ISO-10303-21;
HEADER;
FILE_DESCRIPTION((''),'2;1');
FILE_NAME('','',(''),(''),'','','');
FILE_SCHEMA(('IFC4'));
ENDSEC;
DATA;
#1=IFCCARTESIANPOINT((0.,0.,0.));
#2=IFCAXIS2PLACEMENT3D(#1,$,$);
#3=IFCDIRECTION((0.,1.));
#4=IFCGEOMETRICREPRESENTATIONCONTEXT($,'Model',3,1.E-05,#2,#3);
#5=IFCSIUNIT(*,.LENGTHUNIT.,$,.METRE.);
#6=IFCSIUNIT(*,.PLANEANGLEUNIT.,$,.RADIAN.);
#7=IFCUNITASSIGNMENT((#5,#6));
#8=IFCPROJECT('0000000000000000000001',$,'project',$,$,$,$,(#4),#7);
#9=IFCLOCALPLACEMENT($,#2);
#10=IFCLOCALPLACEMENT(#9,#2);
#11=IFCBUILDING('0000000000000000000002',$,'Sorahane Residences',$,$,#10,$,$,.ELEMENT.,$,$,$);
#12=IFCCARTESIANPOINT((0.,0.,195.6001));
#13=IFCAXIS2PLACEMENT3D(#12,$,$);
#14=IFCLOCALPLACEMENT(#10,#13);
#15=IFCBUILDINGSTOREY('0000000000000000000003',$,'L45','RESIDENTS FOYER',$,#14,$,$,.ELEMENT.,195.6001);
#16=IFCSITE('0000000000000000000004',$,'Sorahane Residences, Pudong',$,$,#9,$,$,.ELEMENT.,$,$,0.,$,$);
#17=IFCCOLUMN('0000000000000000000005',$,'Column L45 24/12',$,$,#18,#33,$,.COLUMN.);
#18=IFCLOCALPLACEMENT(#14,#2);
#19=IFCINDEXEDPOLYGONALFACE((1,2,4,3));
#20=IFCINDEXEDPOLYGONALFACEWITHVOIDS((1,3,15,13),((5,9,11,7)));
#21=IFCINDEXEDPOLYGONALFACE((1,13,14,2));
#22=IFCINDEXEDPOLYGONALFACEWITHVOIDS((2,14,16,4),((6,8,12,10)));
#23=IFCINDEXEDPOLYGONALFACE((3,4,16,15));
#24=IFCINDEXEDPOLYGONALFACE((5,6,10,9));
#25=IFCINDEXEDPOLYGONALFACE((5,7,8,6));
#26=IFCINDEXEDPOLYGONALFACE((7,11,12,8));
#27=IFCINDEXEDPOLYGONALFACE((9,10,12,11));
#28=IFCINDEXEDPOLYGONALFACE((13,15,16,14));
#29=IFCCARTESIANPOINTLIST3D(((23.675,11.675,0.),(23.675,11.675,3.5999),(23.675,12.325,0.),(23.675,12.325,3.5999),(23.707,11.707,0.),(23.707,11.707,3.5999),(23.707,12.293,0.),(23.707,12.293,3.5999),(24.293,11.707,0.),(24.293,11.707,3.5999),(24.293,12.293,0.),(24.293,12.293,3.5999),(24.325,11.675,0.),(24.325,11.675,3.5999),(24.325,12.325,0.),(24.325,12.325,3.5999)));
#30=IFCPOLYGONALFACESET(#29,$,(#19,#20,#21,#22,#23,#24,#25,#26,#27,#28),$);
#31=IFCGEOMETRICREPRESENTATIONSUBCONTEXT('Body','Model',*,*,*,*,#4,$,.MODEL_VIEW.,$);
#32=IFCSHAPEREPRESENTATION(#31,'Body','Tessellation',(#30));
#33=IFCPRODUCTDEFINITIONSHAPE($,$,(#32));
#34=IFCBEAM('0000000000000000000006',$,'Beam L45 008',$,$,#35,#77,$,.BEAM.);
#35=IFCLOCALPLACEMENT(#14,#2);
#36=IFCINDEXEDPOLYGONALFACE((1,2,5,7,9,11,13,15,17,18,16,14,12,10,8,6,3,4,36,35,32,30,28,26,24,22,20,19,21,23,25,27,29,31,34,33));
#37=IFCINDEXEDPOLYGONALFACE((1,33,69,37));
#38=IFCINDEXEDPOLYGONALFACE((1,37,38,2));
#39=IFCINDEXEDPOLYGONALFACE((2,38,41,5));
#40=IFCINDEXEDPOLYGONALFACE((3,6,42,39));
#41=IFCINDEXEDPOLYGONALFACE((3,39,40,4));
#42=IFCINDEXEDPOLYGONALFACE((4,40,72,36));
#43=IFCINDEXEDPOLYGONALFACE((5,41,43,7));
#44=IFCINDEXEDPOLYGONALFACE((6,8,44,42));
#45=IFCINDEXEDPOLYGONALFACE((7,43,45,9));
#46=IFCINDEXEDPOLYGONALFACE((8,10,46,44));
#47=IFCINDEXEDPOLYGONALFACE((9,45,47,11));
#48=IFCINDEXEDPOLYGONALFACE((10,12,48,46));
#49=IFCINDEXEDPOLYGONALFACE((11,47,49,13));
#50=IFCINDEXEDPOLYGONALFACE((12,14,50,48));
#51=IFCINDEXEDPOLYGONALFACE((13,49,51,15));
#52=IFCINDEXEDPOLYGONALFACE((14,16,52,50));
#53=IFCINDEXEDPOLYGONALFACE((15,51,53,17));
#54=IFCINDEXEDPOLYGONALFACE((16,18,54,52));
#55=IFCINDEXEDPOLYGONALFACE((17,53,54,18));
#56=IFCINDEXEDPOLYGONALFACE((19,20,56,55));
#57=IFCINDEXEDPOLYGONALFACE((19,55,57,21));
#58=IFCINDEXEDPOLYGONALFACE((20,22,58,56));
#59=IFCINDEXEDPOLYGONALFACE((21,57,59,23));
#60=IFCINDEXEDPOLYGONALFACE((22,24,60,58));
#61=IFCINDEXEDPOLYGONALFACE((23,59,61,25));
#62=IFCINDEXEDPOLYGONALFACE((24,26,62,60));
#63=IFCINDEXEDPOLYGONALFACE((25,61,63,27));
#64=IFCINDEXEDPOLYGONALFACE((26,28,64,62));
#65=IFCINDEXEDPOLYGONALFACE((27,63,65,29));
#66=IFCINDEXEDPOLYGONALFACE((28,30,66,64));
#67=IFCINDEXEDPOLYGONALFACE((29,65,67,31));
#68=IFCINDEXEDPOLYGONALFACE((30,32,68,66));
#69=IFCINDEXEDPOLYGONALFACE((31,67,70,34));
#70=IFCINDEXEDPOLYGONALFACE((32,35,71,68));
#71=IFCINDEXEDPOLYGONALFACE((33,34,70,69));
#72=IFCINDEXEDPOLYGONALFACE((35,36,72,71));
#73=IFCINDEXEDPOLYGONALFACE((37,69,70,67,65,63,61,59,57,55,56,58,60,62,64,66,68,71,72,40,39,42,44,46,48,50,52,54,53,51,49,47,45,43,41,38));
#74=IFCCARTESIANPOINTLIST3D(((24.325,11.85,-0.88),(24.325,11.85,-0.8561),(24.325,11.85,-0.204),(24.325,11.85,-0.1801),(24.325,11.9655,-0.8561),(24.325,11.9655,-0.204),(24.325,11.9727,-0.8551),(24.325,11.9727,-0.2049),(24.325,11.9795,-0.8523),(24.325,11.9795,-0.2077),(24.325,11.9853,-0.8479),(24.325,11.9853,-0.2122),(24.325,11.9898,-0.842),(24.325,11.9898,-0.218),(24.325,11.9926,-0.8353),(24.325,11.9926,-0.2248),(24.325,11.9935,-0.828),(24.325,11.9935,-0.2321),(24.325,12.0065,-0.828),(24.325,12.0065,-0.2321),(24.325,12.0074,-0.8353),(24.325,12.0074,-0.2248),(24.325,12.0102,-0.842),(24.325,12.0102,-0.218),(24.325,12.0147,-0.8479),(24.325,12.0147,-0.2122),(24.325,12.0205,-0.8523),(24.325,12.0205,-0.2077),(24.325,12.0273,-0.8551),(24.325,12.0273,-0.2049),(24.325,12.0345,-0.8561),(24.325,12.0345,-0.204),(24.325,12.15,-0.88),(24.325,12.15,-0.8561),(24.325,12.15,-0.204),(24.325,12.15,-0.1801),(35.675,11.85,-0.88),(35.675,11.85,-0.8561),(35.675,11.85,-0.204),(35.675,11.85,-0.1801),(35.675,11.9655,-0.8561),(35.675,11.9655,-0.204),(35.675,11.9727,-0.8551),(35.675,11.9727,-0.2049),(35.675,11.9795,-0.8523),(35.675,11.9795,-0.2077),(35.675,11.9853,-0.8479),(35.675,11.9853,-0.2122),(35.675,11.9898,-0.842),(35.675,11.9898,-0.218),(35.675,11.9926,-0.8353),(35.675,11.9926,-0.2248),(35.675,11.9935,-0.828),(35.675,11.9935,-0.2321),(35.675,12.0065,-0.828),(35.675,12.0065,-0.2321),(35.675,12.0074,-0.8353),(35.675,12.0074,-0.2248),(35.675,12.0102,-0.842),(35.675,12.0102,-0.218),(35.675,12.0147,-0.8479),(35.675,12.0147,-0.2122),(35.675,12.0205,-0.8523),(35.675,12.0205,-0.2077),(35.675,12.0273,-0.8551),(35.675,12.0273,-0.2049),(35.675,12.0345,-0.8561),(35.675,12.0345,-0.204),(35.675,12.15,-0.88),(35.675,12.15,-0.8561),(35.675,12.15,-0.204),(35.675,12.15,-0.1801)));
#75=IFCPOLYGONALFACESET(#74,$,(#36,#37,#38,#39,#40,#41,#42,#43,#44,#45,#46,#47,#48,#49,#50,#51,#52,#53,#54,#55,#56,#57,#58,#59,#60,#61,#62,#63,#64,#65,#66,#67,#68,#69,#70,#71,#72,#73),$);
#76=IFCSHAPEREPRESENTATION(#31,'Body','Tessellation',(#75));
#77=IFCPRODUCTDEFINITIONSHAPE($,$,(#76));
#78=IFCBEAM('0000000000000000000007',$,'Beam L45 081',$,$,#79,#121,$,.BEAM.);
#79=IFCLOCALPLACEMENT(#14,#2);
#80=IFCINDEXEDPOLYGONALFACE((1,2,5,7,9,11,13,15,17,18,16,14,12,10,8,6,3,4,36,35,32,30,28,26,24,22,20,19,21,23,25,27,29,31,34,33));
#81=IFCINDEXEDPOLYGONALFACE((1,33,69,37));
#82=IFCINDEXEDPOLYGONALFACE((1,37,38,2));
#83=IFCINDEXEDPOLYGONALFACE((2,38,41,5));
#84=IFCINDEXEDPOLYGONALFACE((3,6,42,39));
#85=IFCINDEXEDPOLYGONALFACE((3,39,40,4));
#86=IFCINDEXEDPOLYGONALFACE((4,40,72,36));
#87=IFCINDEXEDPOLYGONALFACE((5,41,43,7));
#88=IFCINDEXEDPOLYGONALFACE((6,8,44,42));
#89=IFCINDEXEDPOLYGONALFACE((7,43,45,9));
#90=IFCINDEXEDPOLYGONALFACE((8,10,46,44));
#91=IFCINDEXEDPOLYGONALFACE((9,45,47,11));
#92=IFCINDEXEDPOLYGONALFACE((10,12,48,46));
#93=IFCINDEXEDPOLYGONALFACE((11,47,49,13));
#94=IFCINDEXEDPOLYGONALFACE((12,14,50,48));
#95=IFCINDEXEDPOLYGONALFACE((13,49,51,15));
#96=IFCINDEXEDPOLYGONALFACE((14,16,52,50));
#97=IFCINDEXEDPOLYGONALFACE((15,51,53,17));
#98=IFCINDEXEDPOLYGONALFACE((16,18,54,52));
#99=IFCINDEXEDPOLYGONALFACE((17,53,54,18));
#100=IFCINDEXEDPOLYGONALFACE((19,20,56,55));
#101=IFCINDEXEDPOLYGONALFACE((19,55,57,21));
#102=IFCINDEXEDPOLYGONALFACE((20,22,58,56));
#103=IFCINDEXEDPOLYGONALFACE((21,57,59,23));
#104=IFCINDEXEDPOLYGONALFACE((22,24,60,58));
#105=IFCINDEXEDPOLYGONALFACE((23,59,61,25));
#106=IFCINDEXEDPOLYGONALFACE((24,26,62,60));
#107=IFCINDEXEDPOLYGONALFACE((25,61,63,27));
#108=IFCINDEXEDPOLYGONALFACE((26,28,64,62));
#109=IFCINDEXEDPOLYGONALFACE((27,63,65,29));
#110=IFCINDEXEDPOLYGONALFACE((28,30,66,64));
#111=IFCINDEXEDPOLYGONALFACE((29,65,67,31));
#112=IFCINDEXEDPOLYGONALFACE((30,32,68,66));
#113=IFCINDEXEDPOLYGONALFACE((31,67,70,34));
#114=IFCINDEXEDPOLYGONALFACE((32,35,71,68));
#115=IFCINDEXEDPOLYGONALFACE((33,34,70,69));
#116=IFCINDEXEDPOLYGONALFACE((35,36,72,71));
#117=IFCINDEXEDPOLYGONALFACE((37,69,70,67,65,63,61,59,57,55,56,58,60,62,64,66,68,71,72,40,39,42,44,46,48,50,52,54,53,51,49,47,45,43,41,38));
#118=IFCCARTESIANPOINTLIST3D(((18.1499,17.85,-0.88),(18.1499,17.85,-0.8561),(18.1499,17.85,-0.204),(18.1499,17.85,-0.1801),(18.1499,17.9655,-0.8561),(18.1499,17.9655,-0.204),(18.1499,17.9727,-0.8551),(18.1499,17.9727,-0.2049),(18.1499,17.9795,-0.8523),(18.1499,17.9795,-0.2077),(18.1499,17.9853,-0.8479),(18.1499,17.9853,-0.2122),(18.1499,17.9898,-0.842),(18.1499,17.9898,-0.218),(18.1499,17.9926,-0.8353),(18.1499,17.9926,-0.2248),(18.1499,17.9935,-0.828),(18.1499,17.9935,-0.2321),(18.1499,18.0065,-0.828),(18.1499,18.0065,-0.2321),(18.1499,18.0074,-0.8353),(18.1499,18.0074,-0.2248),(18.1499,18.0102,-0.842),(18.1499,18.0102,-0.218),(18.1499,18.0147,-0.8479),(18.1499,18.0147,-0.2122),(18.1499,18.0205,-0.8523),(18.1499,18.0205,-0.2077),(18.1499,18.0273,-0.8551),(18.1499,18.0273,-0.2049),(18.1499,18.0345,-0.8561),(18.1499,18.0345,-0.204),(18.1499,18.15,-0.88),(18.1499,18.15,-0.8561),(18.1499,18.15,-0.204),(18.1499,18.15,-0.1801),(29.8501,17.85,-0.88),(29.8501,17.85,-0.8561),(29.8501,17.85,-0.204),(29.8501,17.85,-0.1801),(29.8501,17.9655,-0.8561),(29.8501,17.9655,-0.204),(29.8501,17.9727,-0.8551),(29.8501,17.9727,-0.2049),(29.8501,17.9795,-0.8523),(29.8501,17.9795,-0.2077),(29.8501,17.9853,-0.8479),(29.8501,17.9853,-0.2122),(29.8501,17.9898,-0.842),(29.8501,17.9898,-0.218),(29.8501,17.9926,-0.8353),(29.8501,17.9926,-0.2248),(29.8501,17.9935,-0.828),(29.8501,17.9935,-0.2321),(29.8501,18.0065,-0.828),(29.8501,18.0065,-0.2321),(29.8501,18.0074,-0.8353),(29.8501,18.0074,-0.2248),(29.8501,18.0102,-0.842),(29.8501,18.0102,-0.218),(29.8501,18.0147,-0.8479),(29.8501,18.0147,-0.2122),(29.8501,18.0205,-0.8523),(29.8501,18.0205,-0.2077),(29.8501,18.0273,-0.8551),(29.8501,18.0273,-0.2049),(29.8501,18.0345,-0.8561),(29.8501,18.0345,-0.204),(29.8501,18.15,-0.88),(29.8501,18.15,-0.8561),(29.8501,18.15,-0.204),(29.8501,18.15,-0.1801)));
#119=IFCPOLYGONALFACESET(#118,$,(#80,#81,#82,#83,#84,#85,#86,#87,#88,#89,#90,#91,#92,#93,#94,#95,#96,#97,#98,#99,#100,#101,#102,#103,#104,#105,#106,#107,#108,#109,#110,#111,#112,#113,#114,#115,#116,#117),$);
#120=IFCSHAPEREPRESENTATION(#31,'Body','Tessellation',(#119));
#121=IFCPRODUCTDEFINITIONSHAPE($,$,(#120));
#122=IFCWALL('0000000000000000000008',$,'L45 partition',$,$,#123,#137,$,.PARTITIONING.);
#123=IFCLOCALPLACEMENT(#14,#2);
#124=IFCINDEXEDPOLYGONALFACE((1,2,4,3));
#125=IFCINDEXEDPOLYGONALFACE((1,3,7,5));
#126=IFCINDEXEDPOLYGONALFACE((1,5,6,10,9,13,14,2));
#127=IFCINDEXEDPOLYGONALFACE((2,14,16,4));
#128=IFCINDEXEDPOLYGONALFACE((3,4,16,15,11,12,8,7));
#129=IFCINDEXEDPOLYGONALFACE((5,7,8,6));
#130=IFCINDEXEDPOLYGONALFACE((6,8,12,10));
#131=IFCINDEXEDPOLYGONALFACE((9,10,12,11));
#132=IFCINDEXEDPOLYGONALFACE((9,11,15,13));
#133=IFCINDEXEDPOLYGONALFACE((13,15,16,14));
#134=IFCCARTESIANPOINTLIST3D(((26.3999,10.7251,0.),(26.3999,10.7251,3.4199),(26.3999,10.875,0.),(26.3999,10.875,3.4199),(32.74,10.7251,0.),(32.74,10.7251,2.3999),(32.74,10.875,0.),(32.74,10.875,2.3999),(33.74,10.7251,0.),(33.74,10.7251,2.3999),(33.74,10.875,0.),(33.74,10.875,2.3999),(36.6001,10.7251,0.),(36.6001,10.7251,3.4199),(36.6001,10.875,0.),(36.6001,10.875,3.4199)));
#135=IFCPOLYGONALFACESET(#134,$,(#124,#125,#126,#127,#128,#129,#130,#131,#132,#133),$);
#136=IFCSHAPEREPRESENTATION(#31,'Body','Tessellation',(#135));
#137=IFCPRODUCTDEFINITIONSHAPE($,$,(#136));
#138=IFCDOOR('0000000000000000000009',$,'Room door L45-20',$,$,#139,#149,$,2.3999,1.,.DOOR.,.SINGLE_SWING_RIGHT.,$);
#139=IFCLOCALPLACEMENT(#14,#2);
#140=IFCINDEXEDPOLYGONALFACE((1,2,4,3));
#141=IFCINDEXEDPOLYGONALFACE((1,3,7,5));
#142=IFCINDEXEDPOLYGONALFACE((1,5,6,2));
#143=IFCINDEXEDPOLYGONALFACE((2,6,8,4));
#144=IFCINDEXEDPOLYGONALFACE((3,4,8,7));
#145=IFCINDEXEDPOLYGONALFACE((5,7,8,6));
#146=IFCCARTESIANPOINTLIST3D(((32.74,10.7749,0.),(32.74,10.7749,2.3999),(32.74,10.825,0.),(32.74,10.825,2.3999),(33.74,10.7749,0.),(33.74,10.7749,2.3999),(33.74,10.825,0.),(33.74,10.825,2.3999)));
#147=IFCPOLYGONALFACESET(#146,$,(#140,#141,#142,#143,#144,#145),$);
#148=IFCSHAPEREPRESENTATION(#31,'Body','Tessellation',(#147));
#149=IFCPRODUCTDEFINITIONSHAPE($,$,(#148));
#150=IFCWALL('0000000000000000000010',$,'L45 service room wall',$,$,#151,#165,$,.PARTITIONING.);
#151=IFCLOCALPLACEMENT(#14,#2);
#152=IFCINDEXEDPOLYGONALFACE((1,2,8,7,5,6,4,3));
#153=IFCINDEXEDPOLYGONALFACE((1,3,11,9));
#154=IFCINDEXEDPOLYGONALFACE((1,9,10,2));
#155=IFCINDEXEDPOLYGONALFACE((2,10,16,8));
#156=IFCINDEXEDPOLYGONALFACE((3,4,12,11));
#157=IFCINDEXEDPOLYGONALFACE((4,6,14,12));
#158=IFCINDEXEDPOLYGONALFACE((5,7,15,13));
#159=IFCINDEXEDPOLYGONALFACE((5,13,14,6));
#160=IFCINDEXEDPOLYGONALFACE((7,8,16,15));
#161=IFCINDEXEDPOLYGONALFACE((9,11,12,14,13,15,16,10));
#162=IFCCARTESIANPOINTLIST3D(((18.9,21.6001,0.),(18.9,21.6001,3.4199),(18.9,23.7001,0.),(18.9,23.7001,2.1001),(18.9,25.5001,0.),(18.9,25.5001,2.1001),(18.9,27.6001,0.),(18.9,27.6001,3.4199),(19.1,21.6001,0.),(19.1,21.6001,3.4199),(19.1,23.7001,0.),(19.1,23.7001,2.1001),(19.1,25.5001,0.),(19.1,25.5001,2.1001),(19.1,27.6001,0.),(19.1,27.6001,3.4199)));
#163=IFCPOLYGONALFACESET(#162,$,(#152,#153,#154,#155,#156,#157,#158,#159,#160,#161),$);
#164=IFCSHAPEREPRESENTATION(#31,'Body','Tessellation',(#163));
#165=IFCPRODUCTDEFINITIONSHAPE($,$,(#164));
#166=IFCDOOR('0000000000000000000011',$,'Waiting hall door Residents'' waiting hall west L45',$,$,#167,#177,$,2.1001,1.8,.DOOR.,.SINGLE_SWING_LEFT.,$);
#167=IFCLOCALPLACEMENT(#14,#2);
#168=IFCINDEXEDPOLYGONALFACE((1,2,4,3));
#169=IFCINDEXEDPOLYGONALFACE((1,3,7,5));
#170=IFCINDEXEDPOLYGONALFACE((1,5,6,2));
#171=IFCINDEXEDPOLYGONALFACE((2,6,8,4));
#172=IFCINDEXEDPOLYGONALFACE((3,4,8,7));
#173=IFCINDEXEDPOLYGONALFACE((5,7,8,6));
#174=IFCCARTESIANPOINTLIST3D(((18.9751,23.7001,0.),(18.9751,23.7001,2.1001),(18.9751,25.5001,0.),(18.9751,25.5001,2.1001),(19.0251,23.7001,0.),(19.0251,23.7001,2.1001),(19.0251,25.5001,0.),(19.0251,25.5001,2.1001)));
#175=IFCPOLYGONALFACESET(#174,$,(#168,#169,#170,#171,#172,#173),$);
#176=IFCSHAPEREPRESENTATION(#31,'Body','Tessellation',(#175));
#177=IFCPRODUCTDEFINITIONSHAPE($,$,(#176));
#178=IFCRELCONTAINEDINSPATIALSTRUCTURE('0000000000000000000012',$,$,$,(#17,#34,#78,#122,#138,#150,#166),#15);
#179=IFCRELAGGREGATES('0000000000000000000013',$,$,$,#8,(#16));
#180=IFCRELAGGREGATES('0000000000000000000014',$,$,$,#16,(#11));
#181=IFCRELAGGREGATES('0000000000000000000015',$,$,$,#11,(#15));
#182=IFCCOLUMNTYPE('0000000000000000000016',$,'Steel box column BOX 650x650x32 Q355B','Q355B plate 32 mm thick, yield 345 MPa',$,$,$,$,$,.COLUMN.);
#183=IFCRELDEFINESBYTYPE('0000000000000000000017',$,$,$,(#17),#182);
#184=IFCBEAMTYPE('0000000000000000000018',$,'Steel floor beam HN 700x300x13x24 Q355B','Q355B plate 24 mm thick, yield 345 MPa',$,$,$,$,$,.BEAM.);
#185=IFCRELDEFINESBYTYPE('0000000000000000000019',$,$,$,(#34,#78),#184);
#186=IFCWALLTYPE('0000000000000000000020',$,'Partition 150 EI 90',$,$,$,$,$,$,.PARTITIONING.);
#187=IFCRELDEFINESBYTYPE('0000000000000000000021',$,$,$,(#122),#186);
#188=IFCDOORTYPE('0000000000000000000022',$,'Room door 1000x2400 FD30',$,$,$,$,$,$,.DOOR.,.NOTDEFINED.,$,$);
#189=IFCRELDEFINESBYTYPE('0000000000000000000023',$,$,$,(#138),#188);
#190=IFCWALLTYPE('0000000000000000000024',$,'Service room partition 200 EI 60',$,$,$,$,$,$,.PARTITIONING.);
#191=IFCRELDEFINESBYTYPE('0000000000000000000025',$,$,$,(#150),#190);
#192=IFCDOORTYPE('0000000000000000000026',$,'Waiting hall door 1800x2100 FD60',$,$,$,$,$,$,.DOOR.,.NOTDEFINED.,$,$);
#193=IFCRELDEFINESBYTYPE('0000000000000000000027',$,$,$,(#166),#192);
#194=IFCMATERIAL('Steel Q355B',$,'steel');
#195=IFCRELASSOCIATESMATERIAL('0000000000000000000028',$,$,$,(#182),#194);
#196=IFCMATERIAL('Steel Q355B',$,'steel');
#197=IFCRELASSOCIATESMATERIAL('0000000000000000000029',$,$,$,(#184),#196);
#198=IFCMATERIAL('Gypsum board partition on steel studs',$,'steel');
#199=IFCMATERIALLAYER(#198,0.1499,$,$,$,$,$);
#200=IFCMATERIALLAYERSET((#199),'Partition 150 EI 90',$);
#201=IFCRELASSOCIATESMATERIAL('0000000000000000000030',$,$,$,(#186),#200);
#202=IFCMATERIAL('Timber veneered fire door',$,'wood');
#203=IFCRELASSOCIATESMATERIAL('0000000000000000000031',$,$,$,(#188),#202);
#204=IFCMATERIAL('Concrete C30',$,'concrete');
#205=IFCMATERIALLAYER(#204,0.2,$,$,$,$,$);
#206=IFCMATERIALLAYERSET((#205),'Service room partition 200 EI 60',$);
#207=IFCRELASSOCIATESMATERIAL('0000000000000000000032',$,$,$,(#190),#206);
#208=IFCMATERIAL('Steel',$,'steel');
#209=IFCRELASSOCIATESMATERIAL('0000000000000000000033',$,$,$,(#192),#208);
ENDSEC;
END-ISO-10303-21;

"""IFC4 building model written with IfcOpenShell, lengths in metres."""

from ifc_helpers import new_model, si_unit, direction, frame, frame_2d, origin, origin_2d, place, context, subcontext, project, spatial, rectangle, hollow_rectangle, i_section, extrude, material, layer, layer_set, material_profile, profile_set, type_object, element, fill, save


model = new_model("IFC4")

# Units and contexts
model_context = context("Model", 3, precision=1e-05, world=origin(), true_north=direction((0.0, 1.0)))
body_context = subcontext(model_context, "Body", "Model", "MODEL_VIEW")
ifc_project = project(units=[si_unit("LENGTHUNIT", "METRE"), si_unit("PLANEANGLEUNIT", "RADIAN")], contexts=[model_context])

# Site, building, storey
site_placement = place(None, origin())
site = spatial("IfcSite", under=ifc_project, at=site_placement, Name="Sorahane Residences, Pudong", CompositionType="ELEMENT", RefElevation=0.0)
building_placement = place(site_placement, origin())
building = spatial("IfcBuilding", under=site, at=building_placement, Name="Sorahane Residences", CompositionType="ELEMENT")
storey_placement = place(building_placement, frame((0.0, 0.0, 195.6001)))
storey = spatial("IfcBuildingStorey", under=building, at=storey_placement, Name="L45", Description="RESIDENTS FOYER", CompositionType="ELEMENT", Elevation=195.6001)

# Column
ifc_material_1 = material(Name="Steel Q355B", Category="steel")
ifc_material_profile_1 = material_profile(ifc_material_1, hollow_rectangle(XDim=0.6499, YDim=0.6499, WallThickness=0.032, at=origin_2d()), Name="BOX 650x650x32")
ifc_profile_set_1 = profile_set([ifc_material_profile_1], Name="Steel Q355B")
column_type = type_object("IfcColumnType", Name="Steel box column BOX 650x650x32 Q355B", Description="Q355B plate 32 mm thick, yield 345 MPa", PredefinedType="COLUMN", material=ifc_profile_set_1)
column_placement = place(storey_placement, frame((24.0, 12.0, 0.0), z_axis=(0.0, 0.0, 1.0), x_axis=(1.0, 0.0, 0.0)))
element("IfcColumn", 1, at=column_placement, inside=storey, type_object=column_type, Name="Column L45 24/12", PredefinedType="COLUMN", context=body_context, shape_type="SweptSolid", body=[
    extrude(hollow_rectangle(XDim=0.6499, YDim=0.6499, WallThickness=0.032, at=origin_2d()), origin(), (0.0, 0.0, 1.0), 3.5999),
])

# Beams
ifc_material_2 = material(Name="Steel Q355B", Category="steel")
ifc_material_profile_2 = material_profile(ifc_material_2, i_section(OverallWidth=0.3, OverallDepth=0.7, WebThickness=0.0129, FlangeThickness=0.0239, FilletRadius=0.0281, at=origin_2d()), Name="HN 700x300x13x24")
ifc_profile_set_2 = profile_set([ifc_material_profile_2], Name="Steel Q355B")
beam_type = type_object("IfcBeamType", Name="Steel floor beam HN 700x300x13x24 Q355B", Description="Q355B plate 24 mm thick, yield 345 MPa", PredefinedType="BEAM", material=ifc_profile_set_2)
beam_1_placement = place(storey_placement, frame((24.325, 12.0, -0.53), z_axis=(1.0, 0.0, 0.0), x_axis=(0.0, 1.0, 0.0)))
element("IfcBeam", 2, at=beam_1_placement, inside=storey, type_object=beam_type, Name="Beam L45 008", PredefinedType="BEAM", context=body_context, shape_type="SweptSolid", body=[
    extrude(i_section(OverallWidth=0.3, OverallDepth=0.7, WebThickness=0.0129, FlangeThickness=0.0239, FilletRadius=0.0281, at=origin_2d()), origin(), (0.0, 0.0, 1.0), 11.3501),
])
beam_2_placement = place(storey_placement, frame((18.1499, 18.0, -0.53), z_axis=(1.0, 0.0, 0.0), x_axis=(0.0, 1.0, 0.0)))
element("IfcBeam", 3, at=beam_2_placement, inside=storey, type_object=beam_type, Name="Beam L45 081", PredefinedType="BEAM", context=body_context, shape_type="SweptSolid", body=[
    extrude(i_section(OverallWidth=0.3, OverallDepth=0.7, WebThickness=0.0129, FlangeThickness=0.0239, FilletRadius=0.0281, at=origin_2d()), origin(), (0.0, 0.0, 1.0), 11.7002),
])

# Wall, opening, door
ifc_material_3 = material(Name="Gypsum board partition on steel studs", Category="steel")
ifc_layer_1 = layer(ifc_material_3, 0.1499)
ifc_layer_set_1 = layer_set([ifc_layer_1], Name="Partition 150 EI 90")
wall_type_1 = type_object("IfcWallType", Name="Partition 150 EI 90", PredefinedType="PARTITIONING", material=ifc_layer_set_1)
wall_1_placement = place(storey_placement, frame((26.3999, 10.8, 0.0), z_axis=(0.0, 0.0, 1.0), x_axis=(1.0, 0.0, 0.0)))
wall_1 = element("IfcWall", 4, at=wall_1_placement, inside=storey, type_object=wall_type_1, Name="L45 partition", PredefinedType="PARTITIONING", context=body_context, shape_type="SweptSolid", body=[
    extrude(rectangle(XDim=10.2002, YDim=0.1499, at=frame_2d((5.1001, 0.0))), origin(), (0.0, 0.0, 1.0), 3.4199),
])
opening_1_placement = place(wall_1_placement, frame((6.3401, 0.0, 0.0)))
opening_1 = element("IfcOpeningElement", 5, at=opening_1_placement, cuts=wall_1, PredefinedType="OPENING", context=body_context, shape_type="SweptSolid", body=[
    extrude(rectangle(XDim=1.0, YDim=2.3999, at=frame_2d((0.5, 1.2))), frame((0.0, 0.085, 0.0), z_axis=(0.0, -1.0, 0.0), x_axis=(1.0, 0.0, 0.0)), (0.0, 0.0, 1.0), 0.1699),
])
ifc_material_4 = material(Name="Timber veneered fire door", Category="wood")
door_type_1 = type_object("IfcDoorType", Name="Room door 1000x2400 FD30", OperationType="NOTDEFINED", PredefinedType="DOOR", material=ifc_material_4)
door_1_placement = place(opening_1_placement, origin())
door_1 = element("IfcDoor", 6, at=door_1_placement, inside=storey, type_object=door_type_1, Name="Room door L45-20", OperationType="SINGLE_SWING_RIGHT", OverallHeight=2.3999, OverallWidth=1.0, PredefinedType="DOOR", context=body_context, shape_type="SweptSolid", body=[
    extrude(rectangle(XDim=1.0, YDim=2.3999, at=frame_2d((0.5, 1.2))), frame((0.0, 0.0249, 0.0), z_axis=(0.0, -1.0, 0.0), x_axis=(1.0, 0.0, 0.0)), (0.0, 0.0, 1.0), 0.05),
])
fill(opening_1, door_1)

# Wall, opening, door
ifc_material_5 = material(Name="Concrete C30", Category="concrete")
ifc_layer_2 = layer(ifc_material_5, 0.2)
ifc_layer_set_2 = layer_set([ifc_layer_2], Name="Service room partition 200 EI 60")
wall_type_2 = type_object("IfcWallType", Name="Service room partition 200 EI 60", PredefinedType="PARTITIONING", material=ifc_layer_set_2)
wall_2_placement = place(storey_placement, frame((19.0, 21.6001, 0.0), z_axis=(0.0, 0.0, 1.0), x_axis=(0.0, 1.0, 0.0)))
wall_2 = element("IfcWall", 7, at=wall_2_placement, inside=storey, type_object=wall_type_2, Name="L45 service room wall", PredefinedType="PARTITIONING", context=body_context, shape_type="SweptSolid", body=[
    extrude(rectangle(XDim=6.0, YDim=0.2, at=frame_2d((3.0, 0.0))), origin(), (0.0, 0.0, 1.0), 3.4199),
])
opening_2_placement = place(wall_2_placement, frame((2.1001, 0.0, 0.0)))
opening_2 = element("IfcOpeningElement", 8, at=opening_2_placement, cuts=wall_2, PredefinedType="OPENING", context=body_context, shape_type="SweptSolid", body=[
    extrude(rectangle(XDim=1.8, YDim=2.1001, at=frame_2d((0.8999, 1.05))), frame((0.0, 0.1099, 0.0), z_axis=(0.0, -1.0, 0.0), x_axis=(1.0, 0.0, 0.0)), (0.0, 0.0, 1.0), 0.22),
])
ifc_material_6 = material(Name="Steel", Category="steel")
door_type_2 = type_object("IfcDoorType", Name="Waiting hall door 1800x2100 FD60", OperationType="NOTDEFINED", PredefinedType="DOOR", material=ifc_material_6)
door_2_placement = place(opening_2_placement, origin())
door_2 = element("IfcDoor", 9, at=door_2_placement, inside=storey, type_object=door_type_2, Name="Waiting hall door Residents' waiting hall west L45", OperationType="SINGLE_SWING_LEFT", OverallHeight=2.1001, OverallWidth=1.8, PredefinedType="DOOR", context=body_context, shape_type="SweptSolid", body=[
    extrude(rectangle(XDim=1.8, YDim=2.1001, at=frame_2d((0.8999, 1.05))), frame((0.0, 0.0249, 0.0), z_axis=(0.0, -1.0, 0.0), x_axis=(1.0, 0.0, 0.0)), (0.0, 0.0, 1.0), 0.05),
])
fill(opening_2, door_2)

save(model, "model.ifc")
